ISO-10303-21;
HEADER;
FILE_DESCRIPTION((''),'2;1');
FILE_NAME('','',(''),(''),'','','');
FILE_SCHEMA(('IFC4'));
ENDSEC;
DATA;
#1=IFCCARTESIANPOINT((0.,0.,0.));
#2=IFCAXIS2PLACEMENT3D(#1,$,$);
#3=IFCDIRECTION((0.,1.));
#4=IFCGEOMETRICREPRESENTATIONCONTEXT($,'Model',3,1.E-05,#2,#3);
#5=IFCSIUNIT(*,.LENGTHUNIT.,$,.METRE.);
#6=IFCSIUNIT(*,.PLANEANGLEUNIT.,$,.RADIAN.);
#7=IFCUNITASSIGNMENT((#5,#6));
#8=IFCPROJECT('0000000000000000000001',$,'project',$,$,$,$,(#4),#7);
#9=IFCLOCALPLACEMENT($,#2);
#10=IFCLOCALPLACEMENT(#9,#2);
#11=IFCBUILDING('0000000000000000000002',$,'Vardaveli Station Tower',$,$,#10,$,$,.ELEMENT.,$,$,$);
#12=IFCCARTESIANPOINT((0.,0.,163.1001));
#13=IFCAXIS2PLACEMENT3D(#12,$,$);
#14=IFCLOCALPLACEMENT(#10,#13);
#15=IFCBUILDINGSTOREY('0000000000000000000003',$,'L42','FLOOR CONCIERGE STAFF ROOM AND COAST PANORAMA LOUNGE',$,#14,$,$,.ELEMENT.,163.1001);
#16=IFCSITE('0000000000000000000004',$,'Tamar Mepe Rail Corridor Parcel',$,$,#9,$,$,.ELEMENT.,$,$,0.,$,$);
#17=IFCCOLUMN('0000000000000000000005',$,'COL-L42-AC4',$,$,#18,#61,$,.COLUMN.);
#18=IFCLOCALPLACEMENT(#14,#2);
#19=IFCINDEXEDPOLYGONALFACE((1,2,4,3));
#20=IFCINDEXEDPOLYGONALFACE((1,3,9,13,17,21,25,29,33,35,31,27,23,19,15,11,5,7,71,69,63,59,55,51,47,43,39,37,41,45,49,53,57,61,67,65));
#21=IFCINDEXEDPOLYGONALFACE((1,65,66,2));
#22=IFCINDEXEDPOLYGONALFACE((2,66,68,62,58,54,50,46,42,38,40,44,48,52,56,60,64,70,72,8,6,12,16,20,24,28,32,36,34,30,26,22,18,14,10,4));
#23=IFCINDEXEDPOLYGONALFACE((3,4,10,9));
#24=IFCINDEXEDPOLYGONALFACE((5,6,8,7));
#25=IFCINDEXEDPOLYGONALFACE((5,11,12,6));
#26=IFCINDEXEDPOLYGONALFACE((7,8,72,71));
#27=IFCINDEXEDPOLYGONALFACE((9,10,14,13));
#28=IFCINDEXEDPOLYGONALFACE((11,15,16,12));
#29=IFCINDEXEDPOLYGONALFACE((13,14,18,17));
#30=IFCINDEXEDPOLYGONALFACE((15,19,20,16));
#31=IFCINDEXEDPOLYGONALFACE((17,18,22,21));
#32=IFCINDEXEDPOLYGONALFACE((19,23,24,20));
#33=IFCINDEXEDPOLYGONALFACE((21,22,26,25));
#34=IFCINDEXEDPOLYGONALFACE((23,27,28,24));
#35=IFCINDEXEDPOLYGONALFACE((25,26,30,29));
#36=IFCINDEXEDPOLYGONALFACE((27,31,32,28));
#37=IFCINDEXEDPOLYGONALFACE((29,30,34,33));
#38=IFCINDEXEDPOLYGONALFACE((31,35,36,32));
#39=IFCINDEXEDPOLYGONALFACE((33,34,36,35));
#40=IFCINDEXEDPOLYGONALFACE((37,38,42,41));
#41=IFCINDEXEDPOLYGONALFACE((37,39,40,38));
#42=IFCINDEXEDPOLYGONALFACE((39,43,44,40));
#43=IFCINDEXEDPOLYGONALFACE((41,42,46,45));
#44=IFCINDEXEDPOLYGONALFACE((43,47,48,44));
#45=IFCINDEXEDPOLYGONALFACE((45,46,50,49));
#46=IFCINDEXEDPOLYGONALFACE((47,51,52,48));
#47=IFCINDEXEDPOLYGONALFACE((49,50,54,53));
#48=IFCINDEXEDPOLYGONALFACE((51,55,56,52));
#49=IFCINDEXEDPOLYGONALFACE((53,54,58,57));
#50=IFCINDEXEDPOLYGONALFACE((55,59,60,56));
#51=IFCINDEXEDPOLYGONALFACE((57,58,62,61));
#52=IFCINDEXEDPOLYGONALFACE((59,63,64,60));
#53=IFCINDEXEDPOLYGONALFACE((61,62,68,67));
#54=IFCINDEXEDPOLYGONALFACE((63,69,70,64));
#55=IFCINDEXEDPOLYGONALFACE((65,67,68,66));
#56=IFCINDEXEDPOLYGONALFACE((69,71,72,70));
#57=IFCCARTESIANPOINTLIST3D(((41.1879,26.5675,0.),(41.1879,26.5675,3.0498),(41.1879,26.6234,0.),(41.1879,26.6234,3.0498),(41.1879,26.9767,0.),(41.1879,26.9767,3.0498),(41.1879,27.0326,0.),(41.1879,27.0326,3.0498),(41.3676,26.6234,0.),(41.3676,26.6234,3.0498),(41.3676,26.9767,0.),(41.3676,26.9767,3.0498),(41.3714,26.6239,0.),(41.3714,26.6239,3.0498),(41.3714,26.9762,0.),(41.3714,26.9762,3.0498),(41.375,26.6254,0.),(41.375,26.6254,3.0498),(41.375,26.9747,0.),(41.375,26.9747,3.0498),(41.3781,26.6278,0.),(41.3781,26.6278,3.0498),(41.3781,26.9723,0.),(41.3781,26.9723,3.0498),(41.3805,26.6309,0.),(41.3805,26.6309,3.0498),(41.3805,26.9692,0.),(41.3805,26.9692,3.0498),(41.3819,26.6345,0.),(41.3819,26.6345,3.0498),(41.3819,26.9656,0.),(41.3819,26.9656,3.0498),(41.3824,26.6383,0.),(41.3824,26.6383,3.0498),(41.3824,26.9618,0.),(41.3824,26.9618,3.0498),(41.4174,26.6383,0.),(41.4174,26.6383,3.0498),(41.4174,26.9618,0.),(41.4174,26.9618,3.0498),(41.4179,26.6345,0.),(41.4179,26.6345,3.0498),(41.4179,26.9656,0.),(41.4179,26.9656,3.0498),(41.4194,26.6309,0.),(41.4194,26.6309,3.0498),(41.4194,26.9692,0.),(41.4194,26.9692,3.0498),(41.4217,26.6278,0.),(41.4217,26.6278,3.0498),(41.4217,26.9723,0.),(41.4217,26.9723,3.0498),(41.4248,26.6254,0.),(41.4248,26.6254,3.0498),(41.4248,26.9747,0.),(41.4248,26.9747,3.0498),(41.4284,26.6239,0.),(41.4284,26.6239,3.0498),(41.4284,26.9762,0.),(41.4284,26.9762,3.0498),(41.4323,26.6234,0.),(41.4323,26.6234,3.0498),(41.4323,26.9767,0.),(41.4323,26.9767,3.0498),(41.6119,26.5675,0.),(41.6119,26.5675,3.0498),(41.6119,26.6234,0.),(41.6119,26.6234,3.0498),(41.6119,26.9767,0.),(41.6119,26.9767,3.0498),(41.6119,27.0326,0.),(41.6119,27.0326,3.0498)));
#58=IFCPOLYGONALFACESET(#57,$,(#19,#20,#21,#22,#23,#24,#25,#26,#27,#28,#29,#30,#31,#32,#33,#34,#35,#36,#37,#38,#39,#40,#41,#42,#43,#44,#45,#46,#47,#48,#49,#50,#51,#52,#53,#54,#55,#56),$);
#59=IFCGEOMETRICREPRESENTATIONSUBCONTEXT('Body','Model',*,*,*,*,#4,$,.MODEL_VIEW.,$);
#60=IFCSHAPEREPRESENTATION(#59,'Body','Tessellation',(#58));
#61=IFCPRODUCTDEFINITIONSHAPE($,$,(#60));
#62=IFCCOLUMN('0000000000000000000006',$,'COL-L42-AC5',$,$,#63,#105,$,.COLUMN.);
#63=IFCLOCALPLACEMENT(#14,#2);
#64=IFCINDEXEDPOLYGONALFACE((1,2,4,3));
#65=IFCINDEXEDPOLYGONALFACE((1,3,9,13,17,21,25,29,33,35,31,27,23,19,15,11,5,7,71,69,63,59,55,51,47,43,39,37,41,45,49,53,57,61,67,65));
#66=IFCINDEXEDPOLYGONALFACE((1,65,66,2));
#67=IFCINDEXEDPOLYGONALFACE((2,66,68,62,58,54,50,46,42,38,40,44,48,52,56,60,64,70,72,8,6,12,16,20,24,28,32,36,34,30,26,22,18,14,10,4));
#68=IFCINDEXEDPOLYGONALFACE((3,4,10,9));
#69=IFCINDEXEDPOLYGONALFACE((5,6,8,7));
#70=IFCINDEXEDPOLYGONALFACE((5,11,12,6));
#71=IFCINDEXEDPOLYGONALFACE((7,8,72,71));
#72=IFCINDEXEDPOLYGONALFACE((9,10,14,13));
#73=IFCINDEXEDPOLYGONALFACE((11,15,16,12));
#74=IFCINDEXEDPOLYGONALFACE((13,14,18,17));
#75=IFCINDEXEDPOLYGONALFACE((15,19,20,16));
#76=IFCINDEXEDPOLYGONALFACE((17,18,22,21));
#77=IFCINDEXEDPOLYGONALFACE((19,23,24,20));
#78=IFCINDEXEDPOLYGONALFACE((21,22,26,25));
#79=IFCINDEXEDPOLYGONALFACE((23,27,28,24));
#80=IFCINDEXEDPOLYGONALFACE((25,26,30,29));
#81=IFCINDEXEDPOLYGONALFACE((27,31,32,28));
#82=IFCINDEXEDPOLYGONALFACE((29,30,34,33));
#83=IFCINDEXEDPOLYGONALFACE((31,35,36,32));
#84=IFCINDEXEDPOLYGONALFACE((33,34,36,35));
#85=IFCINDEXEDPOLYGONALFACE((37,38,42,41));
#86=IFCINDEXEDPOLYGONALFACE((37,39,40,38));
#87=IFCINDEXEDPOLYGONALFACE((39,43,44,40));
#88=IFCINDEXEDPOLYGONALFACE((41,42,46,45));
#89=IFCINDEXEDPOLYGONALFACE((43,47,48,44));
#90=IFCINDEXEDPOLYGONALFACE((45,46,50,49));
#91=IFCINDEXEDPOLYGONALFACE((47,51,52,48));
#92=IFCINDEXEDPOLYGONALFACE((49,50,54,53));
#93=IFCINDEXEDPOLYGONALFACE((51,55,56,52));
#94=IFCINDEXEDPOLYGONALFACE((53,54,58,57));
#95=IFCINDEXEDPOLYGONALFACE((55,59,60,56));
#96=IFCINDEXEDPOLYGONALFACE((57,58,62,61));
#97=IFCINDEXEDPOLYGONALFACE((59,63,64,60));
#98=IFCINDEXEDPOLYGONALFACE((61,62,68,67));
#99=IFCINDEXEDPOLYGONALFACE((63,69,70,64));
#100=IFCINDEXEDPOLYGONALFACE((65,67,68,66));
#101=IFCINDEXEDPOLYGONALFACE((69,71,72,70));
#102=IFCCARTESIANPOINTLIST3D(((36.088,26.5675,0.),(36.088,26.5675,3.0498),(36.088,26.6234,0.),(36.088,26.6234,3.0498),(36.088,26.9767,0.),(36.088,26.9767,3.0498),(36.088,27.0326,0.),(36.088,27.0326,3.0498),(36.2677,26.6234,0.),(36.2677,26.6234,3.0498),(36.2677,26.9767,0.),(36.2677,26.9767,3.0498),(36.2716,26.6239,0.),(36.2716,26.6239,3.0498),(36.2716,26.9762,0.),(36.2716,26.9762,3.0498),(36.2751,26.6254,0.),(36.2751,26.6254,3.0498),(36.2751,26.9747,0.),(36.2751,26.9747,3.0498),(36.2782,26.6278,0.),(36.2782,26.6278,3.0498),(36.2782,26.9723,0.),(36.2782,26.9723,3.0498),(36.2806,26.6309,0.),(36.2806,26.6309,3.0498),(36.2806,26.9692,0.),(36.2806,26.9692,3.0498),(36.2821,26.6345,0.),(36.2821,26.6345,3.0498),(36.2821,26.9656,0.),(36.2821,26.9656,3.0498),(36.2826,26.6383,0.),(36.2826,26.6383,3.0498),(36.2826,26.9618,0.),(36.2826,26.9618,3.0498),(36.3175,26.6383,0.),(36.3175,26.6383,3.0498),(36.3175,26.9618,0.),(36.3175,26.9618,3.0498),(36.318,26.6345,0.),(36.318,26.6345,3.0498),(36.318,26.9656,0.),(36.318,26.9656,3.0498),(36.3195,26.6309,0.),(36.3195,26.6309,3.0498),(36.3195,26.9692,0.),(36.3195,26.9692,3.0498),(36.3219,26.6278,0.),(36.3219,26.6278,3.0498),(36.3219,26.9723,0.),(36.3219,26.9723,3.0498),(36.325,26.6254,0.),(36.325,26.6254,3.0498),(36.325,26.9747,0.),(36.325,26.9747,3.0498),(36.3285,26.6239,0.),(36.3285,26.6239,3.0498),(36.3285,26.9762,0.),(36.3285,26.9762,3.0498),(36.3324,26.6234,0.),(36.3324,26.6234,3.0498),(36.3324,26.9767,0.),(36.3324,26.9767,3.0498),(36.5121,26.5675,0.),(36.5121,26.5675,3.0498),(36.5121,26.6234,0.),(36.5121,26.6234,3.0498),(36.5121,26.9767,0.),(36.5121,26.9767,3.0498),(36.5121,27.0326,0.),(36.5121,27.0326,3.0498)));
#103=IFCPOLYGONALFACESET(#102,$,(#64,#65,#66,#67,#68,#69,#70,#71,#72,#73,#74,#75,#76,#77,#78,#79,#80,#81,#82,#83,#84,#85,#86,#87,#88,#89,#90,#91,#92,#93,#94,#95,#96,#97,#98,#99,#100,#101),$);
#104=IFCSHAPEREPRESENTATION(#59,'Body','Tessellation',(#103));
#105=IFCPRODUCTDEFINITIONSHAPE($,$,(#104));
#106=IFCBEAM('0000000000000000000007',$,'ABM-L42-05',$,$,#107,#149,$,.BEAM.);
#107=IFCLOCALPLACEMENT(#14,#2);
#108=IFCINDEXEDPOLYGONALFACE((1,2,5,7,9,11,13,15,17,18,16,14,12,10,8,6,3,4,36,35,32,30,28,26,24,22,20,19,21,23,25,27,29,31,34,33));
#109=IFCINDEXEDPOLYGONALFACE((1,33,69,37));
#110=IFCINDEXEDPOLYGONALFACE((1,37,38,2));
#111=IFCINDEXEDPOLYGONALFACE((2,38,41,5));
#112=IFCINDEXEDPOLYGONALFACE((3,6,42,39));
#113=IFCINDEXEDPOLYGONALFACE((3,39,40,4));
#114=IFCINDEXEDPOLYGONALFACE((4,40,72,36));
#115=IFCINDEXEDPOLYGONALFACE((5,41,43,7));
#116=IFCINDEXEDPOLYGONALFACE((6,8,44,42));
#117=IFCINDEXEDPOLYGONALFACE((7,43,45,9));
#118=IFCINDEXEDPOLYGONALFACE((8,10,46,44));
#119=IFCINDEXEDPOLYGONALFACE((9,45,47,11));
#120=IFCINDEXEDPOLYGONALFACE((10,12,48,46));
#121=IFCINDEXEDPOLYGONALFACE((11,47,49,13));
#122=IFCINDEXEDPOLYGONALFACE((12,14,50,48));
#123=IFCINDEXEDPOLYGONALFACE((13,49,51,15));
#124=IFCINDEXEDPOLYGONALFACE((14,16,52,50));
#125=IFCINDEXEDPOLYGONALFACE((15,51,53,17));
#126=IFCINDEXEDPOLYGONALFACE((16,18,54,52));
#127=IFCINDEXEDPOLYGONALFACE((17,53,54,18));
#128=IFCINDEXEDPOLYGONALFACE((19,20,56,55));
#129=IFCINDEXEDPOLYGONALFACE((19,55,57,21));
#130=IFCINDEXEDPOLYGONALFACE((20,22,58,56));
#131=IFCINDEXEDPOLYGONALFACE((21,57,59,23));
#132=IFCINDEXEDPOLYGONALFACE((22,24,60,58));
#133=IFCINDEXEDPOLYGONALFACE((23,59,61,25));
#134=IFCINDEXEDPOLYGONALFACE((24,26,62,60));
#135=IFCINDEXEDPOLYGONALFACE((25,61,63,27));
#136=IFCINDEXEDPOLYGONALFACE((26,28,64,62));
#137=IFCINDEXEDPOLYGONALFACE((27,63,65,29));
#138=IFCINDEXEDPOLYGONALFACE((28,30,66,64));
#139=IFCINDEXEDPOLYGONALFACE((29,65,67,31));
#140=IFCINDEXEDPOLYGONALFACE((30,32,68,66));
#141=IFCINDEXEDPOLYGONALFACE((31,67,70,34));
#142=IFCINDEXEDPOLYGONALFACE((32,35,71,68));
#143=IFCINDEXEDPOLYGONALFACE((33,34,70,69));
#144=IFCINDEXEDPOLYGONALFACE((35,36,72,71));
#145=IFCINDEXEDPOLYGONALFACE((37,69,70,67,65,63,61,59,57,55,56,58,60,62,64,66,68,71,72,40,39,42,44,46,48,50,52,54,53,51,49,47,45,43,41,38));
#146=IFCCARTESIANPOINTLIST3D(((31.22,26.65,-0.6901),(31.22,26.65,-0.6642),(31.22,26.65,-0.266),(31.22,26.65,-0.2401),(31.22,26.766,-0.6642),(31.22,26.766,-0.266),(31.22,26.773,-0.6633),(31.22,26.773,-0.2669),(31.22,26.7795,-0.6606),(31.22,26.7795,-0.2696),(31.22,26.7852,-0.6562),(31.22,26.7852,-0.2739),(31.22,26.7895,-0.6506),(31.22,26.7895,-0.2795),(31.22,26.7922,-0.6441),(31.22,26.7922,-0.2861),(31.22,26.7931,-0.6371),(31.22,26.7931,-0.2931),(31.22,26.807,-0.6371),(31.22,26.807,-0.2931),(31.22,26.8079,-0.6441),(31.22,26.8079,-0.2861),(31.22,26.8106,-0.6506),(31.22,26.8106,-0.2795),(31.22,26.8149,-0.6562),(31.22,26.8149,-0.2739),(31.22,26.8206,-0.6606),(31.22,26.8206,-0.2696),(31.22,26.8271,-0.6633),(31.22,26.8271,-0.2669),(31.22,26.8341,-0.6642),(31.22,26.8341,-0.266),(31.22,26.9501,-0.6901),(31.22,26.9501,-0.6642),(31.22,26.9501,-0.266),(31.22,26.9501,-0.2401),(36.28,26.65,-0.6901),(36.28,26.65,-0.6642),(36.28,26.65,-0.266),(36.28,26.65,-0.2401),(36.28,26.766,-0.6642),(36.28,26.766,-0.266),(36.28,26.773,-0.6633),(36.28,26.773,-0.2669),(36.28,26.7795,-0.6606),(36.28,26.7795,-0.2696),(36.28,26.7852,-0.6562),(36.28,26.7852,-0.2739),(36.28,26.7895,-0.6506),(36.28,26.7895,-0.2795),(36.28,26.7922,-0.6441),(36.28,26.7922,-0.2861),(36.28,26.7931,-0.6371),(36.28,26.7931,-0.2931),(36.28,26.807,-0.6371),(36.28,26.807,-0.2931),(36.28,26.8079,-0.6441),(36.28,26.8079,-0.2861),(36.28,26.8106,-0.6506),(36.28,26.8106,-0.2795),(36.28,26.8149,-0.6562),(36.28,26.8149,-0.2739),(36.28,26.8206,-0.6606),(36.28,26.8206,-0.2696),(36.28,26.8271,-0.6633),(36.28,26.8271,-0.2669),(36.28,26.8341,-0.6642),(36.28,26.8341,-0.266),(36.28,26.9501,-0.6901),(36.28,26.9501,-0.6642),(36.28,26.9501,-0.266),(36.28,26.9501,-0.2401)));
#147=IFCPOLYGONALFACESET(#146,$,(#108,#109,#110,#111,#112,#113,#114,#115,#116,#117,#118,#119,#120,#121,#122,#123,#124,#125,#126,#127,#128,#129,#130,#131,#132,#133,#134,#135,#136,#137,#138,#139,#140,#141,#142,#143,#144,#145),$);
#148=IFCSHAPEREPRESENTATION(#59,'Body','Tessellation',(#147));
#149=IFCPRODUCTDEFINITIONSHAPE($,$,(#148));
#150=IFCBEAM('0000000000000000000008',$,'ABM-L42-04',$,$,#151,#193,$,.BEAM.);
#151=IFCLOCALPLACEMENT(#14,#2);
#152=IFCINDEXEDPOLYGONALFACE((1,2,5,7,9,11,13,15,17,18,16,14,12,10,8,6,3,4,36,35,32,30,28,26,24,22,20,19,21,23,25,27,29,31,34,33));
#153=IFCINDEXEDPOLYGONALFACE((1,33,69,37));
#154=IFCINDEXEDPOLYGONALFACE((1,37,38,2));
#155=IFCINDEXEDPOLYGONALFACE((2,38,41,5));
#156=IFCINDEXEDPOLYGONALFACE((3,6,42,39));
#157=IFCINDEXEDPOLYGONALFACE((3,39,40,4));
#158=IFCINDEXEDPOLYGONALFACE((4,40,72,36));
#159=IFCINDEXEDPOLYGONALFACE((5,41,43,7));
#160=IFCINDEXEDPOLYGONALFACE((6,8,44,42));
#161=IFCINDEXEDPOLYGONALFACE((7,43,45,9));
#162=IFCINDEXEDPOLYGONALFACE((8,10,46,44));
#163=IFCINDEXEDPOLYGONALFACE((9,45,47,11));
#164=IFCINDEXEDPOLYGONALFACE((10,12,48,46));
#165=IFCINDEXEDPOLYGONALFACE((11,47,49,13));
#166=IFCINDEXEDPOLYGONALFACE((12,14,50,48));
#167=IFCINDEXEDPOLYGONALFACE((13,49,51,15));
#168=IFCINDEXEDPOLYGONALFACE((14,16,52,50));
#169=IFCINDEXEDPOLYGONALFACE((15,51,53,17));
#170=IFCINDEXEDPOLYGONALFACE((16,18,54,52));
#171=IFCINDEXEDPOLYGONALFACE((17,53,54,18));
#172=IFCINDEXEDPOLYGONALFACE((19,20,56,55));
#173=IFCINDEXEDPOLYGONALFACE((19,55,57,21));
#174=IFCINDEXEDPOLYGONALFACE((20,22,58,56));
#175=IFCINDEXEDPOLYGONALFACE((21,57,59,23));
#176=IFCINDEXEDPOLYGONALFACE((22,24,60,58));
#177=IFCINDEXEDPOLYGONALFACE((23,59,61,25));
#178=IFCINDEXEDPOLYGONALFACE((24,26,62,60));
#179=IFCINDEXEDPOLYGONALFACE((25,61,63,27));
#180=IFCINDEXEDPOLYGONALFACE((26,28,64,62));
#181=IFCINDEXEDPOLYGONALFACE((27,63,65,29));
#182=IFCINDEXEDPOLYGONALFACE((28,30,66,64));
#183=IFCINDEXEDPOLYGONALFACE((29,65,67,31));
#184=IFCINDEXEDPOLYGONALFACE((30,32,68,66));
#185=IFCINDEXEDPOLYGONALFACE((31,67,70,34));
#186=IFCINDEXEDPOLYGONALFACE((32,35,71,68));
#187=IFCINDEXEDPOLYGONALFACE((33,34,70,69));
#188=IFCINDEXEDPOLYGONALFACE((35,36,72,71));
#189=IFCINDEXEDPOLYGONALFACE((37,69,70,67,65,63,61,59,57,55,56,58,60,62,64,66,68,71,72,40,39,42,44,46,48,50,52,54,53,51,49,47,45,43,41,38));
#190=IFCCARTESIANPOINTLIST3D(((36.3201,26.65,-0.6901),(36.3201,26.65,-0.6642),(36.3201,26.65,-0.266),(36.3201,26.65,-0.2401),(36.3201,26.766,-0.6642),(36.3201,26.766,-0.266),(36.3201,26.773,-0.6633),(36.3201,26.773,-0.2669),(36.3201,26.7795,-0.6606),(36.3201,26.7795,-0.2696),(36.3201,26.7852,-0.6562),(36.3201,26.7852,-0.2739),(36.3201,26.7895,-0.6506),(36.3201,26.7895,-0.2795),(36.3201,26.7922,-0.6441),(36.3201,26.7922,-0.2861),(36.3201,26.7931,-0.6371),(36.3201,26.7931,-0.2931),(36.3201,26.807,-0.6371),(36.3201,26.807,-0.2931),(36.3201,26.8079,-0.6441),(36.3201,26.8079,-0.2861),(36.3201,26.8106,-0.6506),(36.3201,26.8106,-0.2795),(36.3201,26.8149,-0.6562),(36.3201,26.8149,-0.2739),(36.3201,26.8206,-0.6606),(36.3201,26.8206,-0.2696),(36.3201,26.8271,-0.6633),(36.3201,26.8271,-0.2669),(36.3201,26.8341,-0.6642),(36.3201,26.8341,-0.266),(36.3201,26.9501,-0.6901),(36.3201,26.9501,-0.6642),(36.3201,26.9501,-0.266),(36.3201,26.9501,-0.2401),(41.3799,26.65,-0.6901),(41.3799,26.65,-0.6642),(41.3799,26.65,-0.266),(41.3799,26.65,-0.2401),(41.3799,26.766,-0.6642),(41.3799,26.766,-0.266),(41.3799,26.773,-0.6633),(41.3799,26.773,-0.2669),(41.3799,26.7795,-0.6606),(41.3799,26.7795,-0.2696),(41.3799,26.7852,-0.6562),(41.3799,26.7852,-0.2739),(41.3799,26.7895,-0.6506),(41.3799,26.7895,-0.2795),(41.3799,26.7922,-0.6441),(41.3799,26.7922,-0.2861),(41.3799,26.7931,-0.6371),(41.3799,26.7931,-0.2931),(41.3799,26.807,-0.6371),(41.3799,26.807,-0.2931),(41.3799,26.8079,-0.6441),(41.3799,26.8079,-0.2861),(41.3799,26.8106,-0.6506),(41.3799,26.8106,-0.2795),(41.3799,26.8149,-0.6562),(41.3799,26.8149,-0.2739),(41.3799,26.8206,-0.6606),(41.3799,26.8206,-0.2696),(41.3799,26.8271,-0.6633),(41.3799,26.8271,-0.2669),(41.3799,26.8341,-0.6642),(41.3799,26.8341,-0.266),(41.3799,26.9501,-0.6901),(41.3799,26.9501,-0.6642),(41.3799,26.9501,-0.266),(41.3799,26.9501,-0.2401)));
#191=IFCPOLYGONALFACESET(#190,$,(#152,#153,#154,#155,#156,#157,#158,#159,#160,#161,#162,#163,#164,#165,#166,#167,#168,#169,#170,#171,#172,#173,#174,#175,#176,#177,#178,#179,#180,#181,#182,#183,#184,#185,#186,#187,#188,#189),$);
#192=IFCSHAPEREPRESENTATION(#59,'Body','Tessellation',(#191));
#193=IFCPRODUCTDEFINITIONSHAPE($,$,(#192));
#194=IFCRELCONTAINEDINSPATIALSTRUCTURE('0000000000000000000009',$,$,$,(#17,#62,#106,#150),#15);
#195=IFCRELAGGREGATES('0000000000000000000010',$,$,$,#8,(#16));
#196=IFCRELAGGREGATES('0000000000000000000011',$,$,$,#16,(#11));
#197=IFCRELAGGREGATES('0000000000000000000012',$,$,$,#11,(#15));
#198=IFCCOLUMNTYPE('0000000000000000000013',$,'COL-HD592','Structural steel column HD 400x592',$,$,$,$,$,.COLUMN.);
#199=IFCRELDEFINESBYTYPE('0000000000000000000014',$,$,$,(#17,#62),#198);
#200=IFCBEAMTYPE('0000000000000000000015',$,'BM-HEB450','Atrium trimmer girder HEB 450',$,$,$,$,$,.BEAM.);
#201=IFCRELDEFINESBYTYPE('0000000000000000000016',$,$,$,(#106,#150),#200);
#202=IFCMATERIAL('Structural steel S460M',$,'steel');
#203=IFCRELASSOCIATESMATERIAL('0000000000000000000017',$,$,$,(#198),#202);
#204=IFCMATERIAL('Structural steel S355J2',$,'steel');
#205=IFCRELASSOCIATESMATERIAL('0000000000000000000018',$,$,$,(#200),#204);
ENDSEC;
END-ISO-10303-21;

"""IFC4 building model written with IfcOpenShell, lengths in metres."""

from ifc_helpers import new_model, si_unit, direction, frame, origin, origin_2d, place, context, subcontext, project, spatial, i_section, extrude, source, transform, mapped, material, material_profile, profile_set, type_object, element, save


model = new_model("IFC4")

# Units and contexts
model_context = context("Model", 3, precision=1e-05, world=origin(), true_north=direction((0.0, 1.0)))
body_context = subcontext(model_context, "Body", "Model", "MODEL_VIEW")
ifc_project = project(units=[si_unit("LENGTHUNIT", "METRE"), si_unit("PLANEANGLEUNIT", "RADIAN")], contexts=[model_context])

# Site, building, storey
site_placement = place(None, origin())
site = spatial("IfcSite", under=ifc_project, at=site_placement, Name="Tamar Mepe Rail Corridor Parcel", CompositionType="ELEMENT", RefElevation=0.0)
building_placement = place(site_placement, origin())
building = spatial("IfcBuilding", under=site, at=building_placement, Name="Vardaveli Station Tower", CompositionType="ELEMENT")
storey_placement = place(building_placement, frame((0.0, 0.0, 163.1001)))
storey = spatial("IfcBuildingStorey", under=building, at=storey_placement, Name="L42", Description="FLOOR CONCIERGE STAFF ROOM AND COAST PANORAMA LOUNGE", CompositionType="ELEMENT", Elevation=163.1001)

# Columns
ifc_material_1 = material(Name="Structural steel S460M", Category="steel")
ifc_material_profile_1 = material_profile(ifc_material_1, i_section(OverallWidth=0.4241, OverallDepth=0.4651, WebThickness=0.0349, FlangeThickness=0.0559, FilletRadius=0.0149, at=origin_2d()), Name="HD 400x592")
ifc_profile_set_1 = profile_set([ifc_material_profile_1], Name="Structural steel S460M")
column_type = type_object("IfcColumnType", Name="COL-HD592", Description="Structural steel column HD 400x592", PredefinedType="COLUMN", material=ifc_profile_set_1)
shared_shape_1 = source(origin(), body_context, "Body", "SweptSolid", [
    extrude(i_section(OverallWidth=0.4241, OverallDepth=0.4651, WebThickness=0.0349, FlangeThickness=0.0559, FilletRadius=0.0149, at=origin_2d()), origin(), (0.0, 0.0, 1.0), 3.0498),
])
for number, where, z_axis, x_axis, name in (
    (1, (41.3999, 26.8, 0.0), (0.0, 0.0, 1.0), (1.0, 0.0, 0.0), "COL-L42-AC4"),
    (2, (36.3, 26.8, 0.0), (0.0, 0.0, 1.0), (1.0, 0.0, 0.0), "COL-L42-AC5"),
):
    element("IfcColumn", number, at=place(storey_placement, frame(where, z_axis=z_axis, x_axis=x_axis)), inside=storey, type_object=column_type, Name=name, PredefinedType="COLUMN", context=body_context, shape_type="MappedRepresentation", body=[
        mapped(shared_shape_1, transform((0.0, 0.0, 0.0), scale=1.0)),
    ])

# Beams
ifc_material_2 = material(Name="Structural steel S355J2", Category="steel")
ifc_material_profile_2 = material_profile(ifc_material_2, i_section(OverallWidth=0.3, OverallDepth=0.45, WebThickness=0.0139, FlangeThickness=0.0259, FilletRadius=0.0271, at=origin_2d()), Name="HEB 450")
ifc_profile_set_2 = profile_set([ifc_material_profile_2], Name="Structural steel S355J2")
beam_type_1 = type_object("IfcBeamType", Name="BM-HEB450", Description="Atrium trimmer girder HEB 450", PredefinedType="BEAM", material=ifc_profile_set_2)
shared_shape_2 = source(origin(), body_context, "Body", "SweptSolid", [
    extrude(i_section(OverallWidth=0.3, OverallDepth=0.45, WebThickness=0.0139, FlangeThickness=0.0259, FilletRadius=0.0271, at=origin_2d()), origin(), (0.0, 0.0, 1.0), 5.0601),
])
beam_1_placement = place(storey_placement, frame((36.28, 26.8, -0.4651), z_axis=(-1.0, 0.0, 0.0), x_axis=(0.0, -1.0, 0.0)))
element("IfcBeam", 3, at=beam_1_placement, inside=storey, type_object=beam_type_1, Name="ABM-L42-05", PredefinedType="BEAM", context=body_context, shape_type="MappedRepresentation", body=[
    mapped(shared_shape_2, transform((0.0, 0.0, 0.0), scale=1.0)),
])
shared_shape_3 = source(origin(), body_context, "Body", "SweptSolid", [
    extrude(i_section(OverallWidth=0.3, OverallDepth=0.45, WebThickness=0.0139, FlangeThickness=0.0259, FilletRadius=0.0271, at=origin_2d()), origin(), (0.0, 0.0, 1.0), 5.0598),
])
beam_2_placement = place(storey_placement, frame((41.3799, 26.8, -0.4651), z_axis=(-1.0, 0.0, 0.0), x_axis=(0.0, -1.0, 0.0)))
element("IfcBeam", 4, at=beam_2_placement, inside=storey, type_object=beam_type_1, Name="ABM-L42-04", PredefinedType="BEAM", context=body_context, shape_type="MappedRepresentation", body=[
    mapped(shared_shape_3, transform((0.0, 0.0, 0.0), scale=1.0)),
])

save(model, "model.ifc")
